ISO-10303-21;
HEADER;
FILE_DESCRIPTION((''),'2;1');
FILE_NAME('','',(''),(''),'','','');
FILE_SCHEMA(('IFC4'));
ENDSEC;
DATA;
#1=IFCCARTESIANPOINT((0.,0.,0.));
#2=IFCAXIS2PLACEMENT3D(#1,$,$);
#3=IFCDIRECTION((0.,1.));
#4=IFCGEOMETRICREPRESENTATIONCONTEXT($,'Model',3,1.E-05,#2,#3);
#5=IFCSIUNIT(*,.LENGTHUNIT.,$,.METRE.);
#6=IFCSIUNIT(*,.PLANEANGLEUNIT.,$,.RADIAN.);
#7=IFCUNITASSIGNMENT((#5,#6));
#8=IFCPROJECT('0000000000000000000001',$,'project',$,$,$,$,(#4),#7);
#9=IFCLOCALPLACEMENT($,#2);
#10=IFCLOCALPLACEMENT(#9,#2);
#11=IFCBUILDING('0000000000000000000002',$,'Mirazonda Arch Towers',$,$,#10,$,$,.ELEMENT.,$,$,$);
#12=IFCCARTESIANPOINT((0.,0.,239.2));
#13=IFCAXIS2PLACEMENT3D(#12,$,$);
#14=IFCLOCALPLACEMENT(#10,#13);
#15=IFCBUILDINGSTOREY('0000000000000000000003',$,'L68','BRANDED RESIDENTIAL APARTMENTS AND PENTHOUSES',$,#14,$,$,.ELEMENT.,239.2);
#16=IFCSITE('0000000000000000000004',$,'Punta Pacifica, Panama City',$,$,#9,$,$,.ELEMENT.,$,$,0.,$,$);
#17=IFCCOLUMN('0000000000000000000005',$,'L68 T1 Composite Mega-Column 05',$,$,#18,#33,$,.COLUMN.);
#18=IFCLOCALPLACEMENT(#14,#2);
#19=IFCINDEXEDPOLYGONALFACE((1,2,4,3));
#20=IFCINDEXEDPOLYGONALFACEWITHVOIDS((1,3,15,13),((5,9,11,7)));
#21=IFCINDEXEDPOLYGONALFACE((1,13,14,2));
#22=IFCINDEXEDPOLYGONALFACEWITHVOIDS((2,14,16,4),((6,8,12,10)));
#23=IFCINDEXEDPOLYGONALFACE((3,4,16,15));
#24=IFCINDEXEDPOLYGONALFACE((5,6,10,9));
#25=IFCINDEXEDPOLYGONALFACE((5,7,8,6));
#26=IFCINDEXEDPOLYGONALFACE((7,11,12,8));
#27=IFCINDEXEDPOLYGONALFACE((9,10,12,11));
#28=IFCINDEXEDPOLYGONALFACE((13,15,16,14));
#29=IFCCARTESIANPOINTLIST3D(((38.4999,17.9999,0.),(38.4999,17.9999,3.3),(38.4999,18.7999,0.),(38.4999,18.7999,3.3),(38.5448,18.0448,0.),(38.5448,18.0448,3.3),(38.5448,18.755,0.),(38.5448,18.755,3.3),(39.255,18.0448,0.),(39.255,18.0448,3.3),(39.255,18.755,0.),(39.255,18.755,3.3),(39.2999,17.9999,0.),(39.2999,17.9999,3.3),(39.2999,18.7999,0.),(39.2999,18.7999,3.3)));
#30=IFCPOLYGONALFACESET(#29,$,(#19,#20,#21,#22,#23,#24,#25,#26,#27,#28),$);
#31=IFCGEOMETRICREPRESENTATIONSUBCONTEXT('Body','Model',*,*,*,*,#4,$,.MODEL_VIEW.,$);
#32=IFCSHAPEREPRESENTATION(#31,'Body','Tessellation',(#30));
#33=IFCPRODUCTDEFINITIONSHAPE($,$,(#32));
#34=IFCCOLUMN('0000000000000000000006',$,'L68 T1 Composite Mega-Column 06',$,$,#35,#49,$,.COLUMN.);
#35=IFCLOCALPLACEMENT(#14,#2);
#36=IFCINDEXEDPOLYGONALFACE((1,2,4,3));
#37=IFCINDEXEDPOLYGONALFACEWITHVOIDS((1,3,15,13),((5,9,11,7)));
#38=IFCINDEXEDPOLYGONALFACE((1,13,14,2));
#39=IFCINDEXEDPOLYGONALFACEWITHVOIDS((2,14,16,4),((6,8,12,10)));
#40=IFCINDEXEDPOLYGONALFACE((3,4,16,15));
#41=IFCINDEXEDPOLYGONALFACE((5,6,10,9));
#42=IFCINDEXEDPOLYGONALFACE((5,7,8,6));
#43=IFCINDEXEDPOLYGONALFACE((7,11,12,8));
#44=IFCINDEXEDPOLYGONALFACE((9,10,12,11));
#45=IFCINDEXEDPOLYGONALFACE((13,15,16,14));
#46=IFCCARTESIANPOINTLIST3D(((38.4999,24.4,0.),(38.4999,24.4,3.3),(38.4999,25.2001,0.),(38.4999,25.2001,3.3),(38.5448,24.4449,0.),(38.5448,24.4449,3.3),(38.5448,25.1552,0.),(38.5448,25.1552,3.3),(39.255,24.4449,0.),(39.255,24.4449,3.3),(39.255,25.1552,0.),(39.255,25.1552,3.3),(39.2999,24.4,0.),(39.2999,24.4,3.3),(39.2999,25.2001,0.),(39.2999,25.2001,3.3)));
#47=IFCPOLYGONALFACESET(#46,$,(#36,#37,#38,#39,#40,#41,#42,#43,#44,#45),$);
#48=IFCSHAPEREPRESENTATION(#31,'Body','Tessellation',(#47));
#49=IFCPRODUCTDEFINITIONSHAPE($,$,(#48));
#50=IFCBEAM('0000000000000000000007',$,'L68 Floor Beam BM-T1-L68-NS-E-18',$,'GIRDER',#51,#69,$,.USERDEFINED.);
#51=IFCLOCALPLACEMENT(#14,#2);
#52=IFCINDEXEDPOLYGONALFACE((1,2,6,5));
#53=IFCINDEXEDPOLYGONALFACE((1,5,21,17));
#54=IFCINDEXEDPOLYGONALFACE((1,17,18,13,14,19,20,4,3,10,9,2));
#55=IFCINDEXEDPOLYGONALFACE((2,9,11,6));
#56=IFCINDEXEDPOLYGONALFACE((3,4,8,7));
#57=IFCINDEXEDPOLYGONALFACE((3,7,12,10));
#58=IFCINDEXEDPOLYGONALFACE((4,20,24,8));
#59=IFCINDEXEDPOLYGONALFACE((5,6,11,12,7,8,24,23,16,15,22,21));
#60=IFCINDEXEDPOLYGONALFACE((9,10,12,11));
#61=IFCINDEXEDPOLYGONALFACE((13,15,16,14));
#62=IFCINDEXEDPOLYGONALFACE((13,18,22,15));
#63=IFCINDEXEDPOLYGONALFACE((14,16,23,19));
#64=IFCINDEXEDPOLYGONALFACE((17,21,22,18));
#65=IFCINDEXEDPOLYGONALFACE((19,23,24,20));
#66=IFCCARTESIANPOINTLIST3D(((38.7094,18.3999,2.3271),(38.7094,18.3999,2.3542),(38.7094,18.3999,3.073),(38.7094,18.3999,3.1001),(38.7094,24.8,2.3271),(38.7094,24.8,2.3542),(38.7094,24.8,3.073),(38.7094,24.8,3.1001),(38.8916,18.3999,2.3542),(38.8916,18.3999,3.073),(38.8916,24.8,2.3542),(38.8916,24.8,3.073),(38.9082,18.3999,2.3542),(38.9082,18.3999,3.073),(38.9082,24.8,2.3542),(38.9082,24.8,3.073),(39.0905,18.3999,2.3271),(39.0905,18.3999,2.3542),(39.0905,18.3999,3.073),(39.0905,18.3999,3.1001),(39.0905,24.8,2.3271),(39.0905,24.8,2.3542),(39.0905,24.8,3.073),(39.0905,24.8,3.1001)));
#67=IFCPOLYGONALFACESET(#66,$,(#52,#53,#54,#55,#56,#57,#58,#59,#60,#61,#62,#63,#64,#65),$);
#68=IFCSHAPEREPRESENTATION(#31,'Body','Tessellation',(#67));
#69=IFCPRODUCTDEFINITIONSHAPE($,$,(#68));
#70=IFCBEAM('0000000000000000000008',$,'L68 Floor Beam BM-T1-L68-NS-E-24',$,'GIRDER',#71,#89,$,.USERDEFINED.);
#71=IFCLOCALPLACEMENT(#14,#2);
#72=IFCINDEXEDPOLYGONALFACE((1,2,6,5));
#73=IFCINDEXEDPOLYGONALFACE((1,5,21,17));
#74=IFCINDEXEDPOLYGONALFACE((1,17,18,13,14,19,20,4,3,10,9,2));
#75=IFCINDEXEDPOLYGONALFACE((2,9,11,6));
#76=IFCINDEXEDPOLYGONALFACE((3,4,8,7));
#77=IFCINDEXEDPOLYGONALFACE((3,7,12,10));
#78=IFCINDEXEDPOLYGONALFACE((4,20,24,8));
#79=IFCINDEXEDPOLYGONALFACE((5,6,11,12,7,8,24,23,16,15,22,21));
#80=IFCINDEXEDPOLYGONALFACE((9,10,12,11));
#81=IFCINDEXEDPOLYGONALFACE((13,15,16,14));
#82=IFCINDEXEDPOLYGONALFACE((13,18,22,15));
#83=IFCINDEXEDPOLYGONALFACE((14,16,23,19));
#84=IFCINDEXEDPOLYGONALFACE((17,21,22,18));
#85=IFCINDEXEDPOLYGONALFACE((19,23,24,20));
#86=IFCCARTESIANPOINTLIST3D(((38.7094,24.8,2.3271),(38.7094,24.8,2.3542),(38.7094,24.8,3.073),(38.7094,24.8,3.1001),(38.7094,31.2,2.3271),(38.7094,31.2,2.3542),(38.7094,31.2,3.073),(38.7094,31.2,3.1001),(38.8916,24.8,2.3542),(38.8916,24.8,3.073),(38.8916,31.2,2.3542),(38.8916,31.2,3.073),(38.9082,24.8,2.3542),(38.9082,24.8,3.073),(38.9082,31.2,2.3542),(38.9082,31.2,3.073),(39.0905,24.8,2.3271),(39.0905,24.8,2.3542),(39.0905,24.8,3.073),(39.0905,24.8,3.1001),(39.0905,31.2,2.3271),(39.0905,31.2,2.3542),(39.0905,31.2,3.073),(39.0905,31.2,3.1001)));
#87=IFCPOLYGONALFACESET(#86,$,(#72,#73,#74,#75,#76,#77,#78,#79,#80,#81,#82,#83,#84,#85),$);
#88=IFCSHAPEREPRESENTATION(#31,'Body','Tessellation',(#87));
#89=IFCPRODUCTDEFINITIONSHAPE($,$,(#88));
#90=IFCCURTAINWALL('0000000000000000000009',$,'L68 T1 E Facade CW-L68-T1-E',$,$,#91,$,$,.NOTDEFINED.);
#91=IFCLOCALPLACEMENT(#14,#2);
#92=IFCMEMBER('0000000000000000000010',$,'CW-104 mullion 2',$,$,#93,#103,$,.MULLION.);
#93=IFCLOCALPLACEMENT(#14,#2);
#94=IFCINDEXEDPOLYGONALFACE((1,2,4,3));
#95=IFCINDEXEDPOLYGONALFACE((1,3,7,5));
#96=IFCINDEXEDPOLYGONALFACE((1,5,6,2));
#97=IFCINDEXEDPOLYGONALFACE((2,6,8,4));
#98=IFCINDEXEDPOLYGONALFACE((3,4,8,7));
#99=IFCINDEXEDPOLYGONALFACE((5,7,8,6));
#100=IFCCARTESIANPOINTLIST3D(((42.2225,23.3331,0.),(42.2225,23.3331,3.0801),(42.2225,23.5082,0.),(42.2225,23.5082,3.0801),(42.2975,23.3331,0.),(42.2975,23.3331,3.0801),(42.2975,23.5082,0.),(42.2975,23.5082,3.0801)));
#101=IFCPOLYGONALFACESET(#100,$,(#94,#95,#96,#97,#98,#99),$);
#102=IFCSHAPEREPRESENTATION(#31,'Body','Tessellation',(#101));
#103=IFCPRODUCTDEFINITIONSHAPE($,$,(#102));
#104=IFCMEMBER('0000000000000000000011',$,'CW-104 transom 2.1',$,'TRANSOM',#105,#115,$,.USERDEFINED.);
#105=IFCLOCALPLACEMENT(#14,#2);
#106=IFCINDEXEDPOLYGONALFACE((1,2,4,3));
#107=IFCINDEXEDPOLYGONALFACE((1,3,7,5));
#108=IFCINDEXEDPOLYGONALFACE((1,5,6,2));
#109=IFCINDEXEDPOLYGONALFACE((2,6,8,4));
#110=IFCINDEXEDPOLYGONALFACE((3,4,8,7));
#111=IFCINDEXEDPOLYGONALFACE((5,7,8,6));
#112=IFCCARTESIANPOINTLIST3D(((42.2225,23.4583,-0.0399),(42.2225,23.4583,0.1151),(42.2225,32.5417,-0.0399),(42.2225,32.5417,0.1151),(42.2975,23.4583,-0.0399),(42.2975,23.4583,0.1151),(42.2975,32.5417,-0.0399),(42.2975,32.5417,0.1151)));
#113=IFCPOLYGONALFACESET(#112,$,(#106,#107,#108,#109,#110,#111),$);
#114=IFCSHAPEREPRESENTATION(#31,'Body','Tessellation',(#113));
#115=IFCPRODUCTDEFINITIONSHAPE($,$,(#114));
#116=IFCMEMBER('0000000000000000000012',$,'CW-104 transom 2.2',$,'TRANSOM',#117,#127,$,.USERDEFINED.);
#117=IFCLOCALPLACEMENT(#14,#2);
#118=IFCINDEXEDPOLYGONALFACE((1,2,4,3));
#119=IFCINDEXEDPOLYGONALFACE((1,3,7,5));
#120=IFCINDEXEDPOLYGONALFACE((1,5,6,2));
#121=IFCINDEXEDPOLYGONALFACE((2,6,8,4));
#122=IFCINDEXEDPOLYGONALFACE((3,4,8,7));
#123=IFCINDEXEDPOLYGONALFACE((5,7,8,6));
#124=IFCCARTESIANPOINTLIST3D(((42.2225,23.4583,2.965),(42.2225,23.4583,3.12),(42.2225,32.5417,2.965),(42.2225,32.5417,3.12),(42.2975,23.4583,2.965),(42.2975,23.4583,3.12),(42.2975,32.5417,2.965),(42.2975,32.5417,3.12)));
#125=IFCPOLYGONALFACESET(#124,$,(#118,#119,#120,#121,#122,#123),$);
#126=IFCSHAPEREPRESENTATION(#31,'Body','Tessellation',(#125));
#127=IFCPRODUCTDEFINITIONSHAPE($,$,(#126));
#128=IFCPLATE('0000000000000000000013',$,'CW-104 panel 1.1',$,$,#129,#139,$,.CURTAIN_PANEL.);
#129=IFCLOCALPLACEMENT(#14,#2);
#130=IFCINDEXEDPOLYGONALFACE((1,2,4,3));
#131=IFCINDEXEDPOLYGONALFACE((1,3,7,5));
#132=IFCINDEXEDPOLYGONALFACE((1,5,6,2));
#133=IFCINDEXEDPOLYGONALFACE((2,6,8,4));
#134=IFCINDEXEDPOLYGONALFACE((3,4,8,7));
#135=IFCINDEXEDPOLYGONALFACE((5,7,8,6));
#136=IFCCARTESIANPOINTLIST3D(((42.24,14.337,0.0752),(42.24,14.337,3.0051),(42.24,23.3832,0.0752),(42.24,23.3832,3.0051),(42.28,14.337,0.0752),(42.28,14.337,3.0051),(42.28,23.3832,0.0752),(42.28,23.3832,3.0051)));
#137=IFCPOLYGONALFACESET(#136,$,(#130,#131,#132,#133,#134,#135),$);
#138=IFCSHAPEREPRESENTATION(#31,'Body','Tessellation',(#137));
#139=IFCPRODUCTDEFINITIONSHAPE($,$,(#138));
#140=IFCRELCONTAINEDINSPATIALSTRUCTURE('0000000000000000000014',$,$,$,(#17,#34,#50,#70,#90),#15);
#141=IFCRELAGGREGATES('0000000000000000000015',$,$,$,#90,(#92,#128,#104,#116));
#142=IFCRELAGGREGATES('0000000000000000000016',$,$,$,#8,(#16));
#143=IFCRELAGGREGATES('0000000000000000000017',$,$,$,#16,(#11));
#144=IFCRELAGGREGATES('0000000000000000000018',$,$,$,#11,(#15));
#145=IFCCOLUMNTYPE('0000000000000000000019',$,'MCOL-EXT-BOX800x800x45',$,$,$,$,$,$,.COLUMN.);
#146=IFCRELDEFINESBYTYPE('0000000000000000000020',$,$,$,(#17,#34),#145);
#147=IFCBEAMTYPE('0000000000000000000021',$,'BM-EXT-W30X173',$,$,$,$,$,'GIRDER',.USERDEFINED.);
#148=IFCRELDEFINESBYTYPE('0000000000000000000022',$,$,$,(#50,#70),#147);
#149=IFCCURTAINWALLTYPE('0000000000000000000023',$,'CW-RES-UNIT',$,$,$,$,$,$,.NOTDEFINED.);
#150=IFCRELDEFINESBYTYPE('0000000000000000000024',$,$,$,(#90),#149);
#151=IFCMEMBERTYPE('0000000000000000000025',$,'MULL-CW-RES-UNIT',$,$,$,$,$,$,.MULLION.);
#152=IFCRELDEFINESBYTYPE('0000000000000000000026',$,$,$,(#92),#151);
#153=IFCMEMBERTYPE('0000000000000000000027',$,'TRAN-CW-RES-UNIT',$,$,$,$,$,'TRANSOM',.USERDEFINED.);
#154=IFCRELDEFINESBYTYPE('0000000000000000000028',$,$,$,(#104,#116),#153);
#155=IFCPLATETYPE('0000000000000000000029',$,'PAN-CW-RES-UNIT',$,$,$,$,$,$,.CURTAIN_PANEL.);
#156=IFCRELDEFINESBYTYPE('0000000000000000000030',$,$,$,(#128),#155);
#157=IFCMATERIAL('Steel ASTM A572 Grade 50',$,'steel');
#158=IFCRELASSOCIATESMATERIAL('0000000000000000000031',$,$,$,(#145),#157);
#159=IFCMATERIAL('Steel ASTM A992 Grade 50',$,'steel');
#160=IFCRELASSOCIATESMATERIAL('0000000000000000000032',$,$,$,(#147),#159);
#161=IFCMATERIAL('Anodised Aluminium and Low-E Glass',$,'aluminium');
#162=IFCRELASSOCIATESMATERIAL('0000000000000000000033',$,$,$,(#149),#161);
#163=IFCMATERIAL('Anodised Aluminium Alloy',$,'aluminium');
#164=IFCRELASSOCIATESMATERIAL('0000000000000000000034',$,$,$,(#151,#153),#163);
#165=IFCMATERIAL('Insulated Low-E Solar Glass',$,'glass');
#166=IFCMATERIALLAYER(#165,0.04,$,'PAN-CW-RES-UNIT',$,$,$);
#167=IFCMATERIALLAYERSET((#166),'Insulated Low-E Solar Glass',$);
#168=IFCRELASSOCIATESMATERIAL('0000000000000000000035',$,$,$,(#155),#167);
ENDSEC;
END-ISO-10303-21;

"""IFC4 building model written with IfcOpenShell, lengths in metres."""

from ifc_helpers import new_model, si_unit, direction, frame, origin, origin_2d, place, context, subcontext, project, spatial, rectangle, hollow_rectangle, i_section, extrude, material, layer, layer_set, material_profile, profile_set, type_object, element, aggregate, save


model = new_model("IFC4")

# Units and contexts
model_context = context("Model", 3, precision=1e-05, world=origin(), true_north=direction((0.0, 1.0)))
body_context = subcontext(model_context, "Body", "Model", "MODEL_VIEW")
ifc_project = project(units=[si_unit("LENGTHUNIT", "METRE"), si_unit("PLANEANGLEUNIT", "RADIAN")], contexts=[model_context])

# Site, building, storey
site_placement = place(None, origin())
site = spatial("IfcSite", under=ifc_project, at=site_placement, Name="Punta Pacifica, Panama City", CompositionType="ELEMENT", RefElevation=0.0)
building_placement = place(site_placement, origin())
building = spatial("IfcBuilding", under=site, at=building_placement, Name="Mirazonda Arch Towers", CompositionType="ELEMENT")
storey_placement = place(building_placement, frame((0.0, 0.0, 239.2)))
storey = spatial("IfcBuildingStorey", under=building, at=storey_placement, Name="L68", Description="BRANDED RESIDENTIAL APARTMENTS AND PENTHOUSES", CompositionType="ELEMENT", Elevation=239.2)

# Columns
ifc_material_1 = material(Name="Steel ASTM A572 Grade 50", Category="steel")
ifc_material_profile_1 = material_profile(ifc_material_1, hollow_rectangle(XDim=0.8, YDim=0.8, WallThickness=0.0449, at=origin_2d()), Name="BOX800x800x45")
ifc_profile_set_1 = profile_set([ifc_material_profile_1], Name="Steel ASTM A572 Grade 50")
column_type = type_object("IfcColumnType", Name="MCOL-EXT-BOX800x800x45", PredefinedType="COLUMN", material=ifc_profile_set_1)
for number, where, z_axis, x_axis, name in (
    (1, (38.8999, 18.3999, 0.0), (0.0, 0.0, 1.0), (1.0, 0.0, 0.0), "L68 T1 Composite Mega-Column 05"),
    (2, (38.8999, 24.8, 0.0), (0.0, 0.0, 1.0), (1.0, 0.0, 0.0), "L68 T1 Composite Mega-Column 06"),
):
    element("IfcColumn", number, at=place(storey_placement, frame(where, z_axis=z_axis, x_axis=x_axis)), inside=storey, type_object=column_type, Name=name, PredefinedType="COLUMN", context=body_context, shape_type="SweptSolid", body=[
        extrude(hollow_rectangle(XDim=0.8, YDim=0.8, WallThickness=0.0449, at=origin_2d()), origin(), (0.0, 0.0, 1.0), 3.3),
    ])

# Beams
ifc_material_2 = material(Name="Steel ASTM A992 Grade 50", Category="steel")
ifc_material_profile_2 = material_profile(ifc_material_2, i_section(OverallWidth=0.3811, OverallDepth=0.7729, WebThickness=0.0166, FlangeThickness=0.0271, at=origin_2d()), Name="W30X173")
ifc_profile_set_2 = profile_set([ifc_material_profile_2], Name="Steel ASTM A992 Grade 50")
beam_type = type_object("IfcBeamType", Name="BM-EXT-W30X173", ElementType="GIRDER", PredefinedType="USERDEFINED", material=ifc_profile_set_2)
beam_1_placement = place(storey_placement, frame((38.8999, 18.3999, 2.7136), z_axis=(0.0, 1.0, 0.0), x_axis=(-1.0, 0.0, 0.0)))
element("IfcBeam", 3, at=beam_1_placement, inside=storey, type_object=beam_type, Name="L68 Floor Beam BM-T1-L68-NS-E-18", ObjectType="GIRDER", PredefinedType="USERDEFINED", context=body_context, shape_type="SweptSolid", body=[
    extrude(i_section(OverallWidth=0.3811, OverallDepth=0.7729, WebThickness=0.0166, FlangeThickness=0.0271, at=origin_2d()), origin(), (0.0, 0.0, 1.0), 6.4001),
])
beam_2_placement = place(storey_placement, frame((38.8999, 24.8, 2.7136), z_axis=(0.0, 1.0, 0.0), x_axis=(-1.0, 0.0, 0.0)))
element("IfcBeam", 4, at=beam_2_placement, inside=storey, type_object=beam_type, Name="L68 Floor Beam BM-T1-L68-NS-E-24", ObjectType="GIRDER", PredefinedType="USERDEFINED", context=body_context, shape_type="SweptSolid", body=[
    extrude(i_section(OverallWidth=0.3811, OverallDepth=0.7729, WebThickness=0.0166, FlangeThickness=0.0271, at=origin_2d()), origin(), (0.0, 0.0, 1.0), 6.3999),
])

# Curtain wall, members, plate
ifc_material_3 = material(Name="Anodised Aluminium and Low-E Glass", Category="aluminium")
curtain_wall_type = type_object("IfcCurtainWallType", Name="CW-RES-UNIT", PredefinedType="NOTDEFINED", material=ifc_material_3)
curtain_wall_placement = place(storey_placement, origin())
curtain_wall = element("IfcCurtainWall", 5, at=curtain_wall_placement, inside=storey, type_object=curtain_wall_type, Name="L68 T1 E Facade CW-L68-T1-E", PredefinedType="NOTDEFINED")
ifc_material_4 = material(Name="Anodised Aluminium Alloy", Category="aluminium")
ifc_material_profile_3 = material_profile(ifc_material_4, rectangle(XDim=0.075, YDim=0.175, at=origin_2d()), Name="ALU-MULL-75x175")
ifc_profile_set_3 = profile_set([ifc_material_profile_3], Name="Anodised Aluminium Alloy")
member_type_1 = type_object("IfcMemberType", Name="MULL-CW-RES-UNIT", PredefinedType="MULLION", material=ifc_profile_set_3)
member_1_placement = place(storey_placement, frame((42.26, 23.4207, 0.0), z_axis=(0.0, 0.0, 1.0), x_axis=(-1.0, 0.0, 0.0)))
member_1 = element("IfcMember", 6, at=member_1_placement, type_object=member_type_1, Name="CW-104 mullion 2", PredefinedType="MULLION", context=body_context, shape_type="SweptSolid", body=[
    extrude(rectangle(XDim=0.075, YDim=0.175, at=origin_2d()), origin(), (0.0, 0.0, 1.0), 3.0801),
])
ifc_material_profile_4 = material_profile(ifc_material_4, rectangle(XDim=0.075, YDim=0.155, at=origin_2d()), Name="ALU-TRAN-75x155")
ifc_profile_set_4 = profile_set([ifc_material_profile_4], Name="Anodised Aluminium Alloy")
member_type_2 = type_object("IfcMemberType", Name="TRAN-CW-RES-UNIT", ElementType="TRANSOM", PredefinedType="USERDEFINED", material=ifc_profile_set_4)
member_2_placement = place(storey_placement, frame((42.26, 23.4583, 0.0376), z_axis=(0.0, 1.0, 0.0), x_axis=(-1.0, 0.0, 0.0)))
member_2 = element("IfcMember", 7, at=member_2_placement, type_object=member_type_2, Name="CW-104 transom 2.1", ObjectType="TRANSOM", PredefinedType="USERDEFINED", context=body_context, shape_type="SweptSolid", body=[
    extrude(rectangle(XDim=0.075, YDim=0.155, at=origin_2d()), origin(), (0.0, 0.0, 1.0), 9.0835),
])
member_3_placement = place(storey_placement, frame((42.26, 23.4583, 3.0425), z_axis=(0.0, 1.0, 0.0), x_axis=(-1.0, 0.0, 0.0)))
member_3 = element("IfcMember", 8, at=member_3_placement, type_object=member_type_2, Name="CW-104 transom 2.2", ObjectType="TRANSOM", PredefinedType="USERDEFINED", context=body_context, shape_type="SweptSolid", body=[
    extrude(rectangle(XDim=0.075, YDim=0.155, at=origin_2d()), origin(), (0.0, 0.0, 1.0), 9.0835),
])
ifc_material_5 = material(Name="Insulated Low-E Solar Glass", Category="glass")
ifc_layer_1 = layer(ifc_material_5, 0.04, Name="PAN-CW-RES-UNIT")
ifc_layer_set_1 = layer_set([ifc_layer_1], Name="Insulated Low-E Solar Glass")
plate_type = type_object("IfcPlateType", Name="PAN-CW-RES-UNIT", PredefinedType="CURTAIN_PANEL", material=ifc_layer_set_1)
plate_placement = place(storey_placement, frame((42.26, 18.8601, 0.0752), z_axis=(0.0, 0.0, 1.0), x_axis=(0.0, 1.0, 0.0)))
plate = element("IfcPlate", 9, at=plate_placement, type_object=plate_type, Name="CW-104 panel 1.1", PredefinedType="CURTAIN_PANEL", context=body_context, shape_type="SweptSolid", body=[
    extrude(rectangle(XDim=9.0461, YDim=0.04, at=origin_2d()), origin(), (0.0, 0.0, 1.0), 2.9299),
])
aggregate(curtain_wall, [member_1, plate, member_2, member_3])

save(model, "model.ifc")
